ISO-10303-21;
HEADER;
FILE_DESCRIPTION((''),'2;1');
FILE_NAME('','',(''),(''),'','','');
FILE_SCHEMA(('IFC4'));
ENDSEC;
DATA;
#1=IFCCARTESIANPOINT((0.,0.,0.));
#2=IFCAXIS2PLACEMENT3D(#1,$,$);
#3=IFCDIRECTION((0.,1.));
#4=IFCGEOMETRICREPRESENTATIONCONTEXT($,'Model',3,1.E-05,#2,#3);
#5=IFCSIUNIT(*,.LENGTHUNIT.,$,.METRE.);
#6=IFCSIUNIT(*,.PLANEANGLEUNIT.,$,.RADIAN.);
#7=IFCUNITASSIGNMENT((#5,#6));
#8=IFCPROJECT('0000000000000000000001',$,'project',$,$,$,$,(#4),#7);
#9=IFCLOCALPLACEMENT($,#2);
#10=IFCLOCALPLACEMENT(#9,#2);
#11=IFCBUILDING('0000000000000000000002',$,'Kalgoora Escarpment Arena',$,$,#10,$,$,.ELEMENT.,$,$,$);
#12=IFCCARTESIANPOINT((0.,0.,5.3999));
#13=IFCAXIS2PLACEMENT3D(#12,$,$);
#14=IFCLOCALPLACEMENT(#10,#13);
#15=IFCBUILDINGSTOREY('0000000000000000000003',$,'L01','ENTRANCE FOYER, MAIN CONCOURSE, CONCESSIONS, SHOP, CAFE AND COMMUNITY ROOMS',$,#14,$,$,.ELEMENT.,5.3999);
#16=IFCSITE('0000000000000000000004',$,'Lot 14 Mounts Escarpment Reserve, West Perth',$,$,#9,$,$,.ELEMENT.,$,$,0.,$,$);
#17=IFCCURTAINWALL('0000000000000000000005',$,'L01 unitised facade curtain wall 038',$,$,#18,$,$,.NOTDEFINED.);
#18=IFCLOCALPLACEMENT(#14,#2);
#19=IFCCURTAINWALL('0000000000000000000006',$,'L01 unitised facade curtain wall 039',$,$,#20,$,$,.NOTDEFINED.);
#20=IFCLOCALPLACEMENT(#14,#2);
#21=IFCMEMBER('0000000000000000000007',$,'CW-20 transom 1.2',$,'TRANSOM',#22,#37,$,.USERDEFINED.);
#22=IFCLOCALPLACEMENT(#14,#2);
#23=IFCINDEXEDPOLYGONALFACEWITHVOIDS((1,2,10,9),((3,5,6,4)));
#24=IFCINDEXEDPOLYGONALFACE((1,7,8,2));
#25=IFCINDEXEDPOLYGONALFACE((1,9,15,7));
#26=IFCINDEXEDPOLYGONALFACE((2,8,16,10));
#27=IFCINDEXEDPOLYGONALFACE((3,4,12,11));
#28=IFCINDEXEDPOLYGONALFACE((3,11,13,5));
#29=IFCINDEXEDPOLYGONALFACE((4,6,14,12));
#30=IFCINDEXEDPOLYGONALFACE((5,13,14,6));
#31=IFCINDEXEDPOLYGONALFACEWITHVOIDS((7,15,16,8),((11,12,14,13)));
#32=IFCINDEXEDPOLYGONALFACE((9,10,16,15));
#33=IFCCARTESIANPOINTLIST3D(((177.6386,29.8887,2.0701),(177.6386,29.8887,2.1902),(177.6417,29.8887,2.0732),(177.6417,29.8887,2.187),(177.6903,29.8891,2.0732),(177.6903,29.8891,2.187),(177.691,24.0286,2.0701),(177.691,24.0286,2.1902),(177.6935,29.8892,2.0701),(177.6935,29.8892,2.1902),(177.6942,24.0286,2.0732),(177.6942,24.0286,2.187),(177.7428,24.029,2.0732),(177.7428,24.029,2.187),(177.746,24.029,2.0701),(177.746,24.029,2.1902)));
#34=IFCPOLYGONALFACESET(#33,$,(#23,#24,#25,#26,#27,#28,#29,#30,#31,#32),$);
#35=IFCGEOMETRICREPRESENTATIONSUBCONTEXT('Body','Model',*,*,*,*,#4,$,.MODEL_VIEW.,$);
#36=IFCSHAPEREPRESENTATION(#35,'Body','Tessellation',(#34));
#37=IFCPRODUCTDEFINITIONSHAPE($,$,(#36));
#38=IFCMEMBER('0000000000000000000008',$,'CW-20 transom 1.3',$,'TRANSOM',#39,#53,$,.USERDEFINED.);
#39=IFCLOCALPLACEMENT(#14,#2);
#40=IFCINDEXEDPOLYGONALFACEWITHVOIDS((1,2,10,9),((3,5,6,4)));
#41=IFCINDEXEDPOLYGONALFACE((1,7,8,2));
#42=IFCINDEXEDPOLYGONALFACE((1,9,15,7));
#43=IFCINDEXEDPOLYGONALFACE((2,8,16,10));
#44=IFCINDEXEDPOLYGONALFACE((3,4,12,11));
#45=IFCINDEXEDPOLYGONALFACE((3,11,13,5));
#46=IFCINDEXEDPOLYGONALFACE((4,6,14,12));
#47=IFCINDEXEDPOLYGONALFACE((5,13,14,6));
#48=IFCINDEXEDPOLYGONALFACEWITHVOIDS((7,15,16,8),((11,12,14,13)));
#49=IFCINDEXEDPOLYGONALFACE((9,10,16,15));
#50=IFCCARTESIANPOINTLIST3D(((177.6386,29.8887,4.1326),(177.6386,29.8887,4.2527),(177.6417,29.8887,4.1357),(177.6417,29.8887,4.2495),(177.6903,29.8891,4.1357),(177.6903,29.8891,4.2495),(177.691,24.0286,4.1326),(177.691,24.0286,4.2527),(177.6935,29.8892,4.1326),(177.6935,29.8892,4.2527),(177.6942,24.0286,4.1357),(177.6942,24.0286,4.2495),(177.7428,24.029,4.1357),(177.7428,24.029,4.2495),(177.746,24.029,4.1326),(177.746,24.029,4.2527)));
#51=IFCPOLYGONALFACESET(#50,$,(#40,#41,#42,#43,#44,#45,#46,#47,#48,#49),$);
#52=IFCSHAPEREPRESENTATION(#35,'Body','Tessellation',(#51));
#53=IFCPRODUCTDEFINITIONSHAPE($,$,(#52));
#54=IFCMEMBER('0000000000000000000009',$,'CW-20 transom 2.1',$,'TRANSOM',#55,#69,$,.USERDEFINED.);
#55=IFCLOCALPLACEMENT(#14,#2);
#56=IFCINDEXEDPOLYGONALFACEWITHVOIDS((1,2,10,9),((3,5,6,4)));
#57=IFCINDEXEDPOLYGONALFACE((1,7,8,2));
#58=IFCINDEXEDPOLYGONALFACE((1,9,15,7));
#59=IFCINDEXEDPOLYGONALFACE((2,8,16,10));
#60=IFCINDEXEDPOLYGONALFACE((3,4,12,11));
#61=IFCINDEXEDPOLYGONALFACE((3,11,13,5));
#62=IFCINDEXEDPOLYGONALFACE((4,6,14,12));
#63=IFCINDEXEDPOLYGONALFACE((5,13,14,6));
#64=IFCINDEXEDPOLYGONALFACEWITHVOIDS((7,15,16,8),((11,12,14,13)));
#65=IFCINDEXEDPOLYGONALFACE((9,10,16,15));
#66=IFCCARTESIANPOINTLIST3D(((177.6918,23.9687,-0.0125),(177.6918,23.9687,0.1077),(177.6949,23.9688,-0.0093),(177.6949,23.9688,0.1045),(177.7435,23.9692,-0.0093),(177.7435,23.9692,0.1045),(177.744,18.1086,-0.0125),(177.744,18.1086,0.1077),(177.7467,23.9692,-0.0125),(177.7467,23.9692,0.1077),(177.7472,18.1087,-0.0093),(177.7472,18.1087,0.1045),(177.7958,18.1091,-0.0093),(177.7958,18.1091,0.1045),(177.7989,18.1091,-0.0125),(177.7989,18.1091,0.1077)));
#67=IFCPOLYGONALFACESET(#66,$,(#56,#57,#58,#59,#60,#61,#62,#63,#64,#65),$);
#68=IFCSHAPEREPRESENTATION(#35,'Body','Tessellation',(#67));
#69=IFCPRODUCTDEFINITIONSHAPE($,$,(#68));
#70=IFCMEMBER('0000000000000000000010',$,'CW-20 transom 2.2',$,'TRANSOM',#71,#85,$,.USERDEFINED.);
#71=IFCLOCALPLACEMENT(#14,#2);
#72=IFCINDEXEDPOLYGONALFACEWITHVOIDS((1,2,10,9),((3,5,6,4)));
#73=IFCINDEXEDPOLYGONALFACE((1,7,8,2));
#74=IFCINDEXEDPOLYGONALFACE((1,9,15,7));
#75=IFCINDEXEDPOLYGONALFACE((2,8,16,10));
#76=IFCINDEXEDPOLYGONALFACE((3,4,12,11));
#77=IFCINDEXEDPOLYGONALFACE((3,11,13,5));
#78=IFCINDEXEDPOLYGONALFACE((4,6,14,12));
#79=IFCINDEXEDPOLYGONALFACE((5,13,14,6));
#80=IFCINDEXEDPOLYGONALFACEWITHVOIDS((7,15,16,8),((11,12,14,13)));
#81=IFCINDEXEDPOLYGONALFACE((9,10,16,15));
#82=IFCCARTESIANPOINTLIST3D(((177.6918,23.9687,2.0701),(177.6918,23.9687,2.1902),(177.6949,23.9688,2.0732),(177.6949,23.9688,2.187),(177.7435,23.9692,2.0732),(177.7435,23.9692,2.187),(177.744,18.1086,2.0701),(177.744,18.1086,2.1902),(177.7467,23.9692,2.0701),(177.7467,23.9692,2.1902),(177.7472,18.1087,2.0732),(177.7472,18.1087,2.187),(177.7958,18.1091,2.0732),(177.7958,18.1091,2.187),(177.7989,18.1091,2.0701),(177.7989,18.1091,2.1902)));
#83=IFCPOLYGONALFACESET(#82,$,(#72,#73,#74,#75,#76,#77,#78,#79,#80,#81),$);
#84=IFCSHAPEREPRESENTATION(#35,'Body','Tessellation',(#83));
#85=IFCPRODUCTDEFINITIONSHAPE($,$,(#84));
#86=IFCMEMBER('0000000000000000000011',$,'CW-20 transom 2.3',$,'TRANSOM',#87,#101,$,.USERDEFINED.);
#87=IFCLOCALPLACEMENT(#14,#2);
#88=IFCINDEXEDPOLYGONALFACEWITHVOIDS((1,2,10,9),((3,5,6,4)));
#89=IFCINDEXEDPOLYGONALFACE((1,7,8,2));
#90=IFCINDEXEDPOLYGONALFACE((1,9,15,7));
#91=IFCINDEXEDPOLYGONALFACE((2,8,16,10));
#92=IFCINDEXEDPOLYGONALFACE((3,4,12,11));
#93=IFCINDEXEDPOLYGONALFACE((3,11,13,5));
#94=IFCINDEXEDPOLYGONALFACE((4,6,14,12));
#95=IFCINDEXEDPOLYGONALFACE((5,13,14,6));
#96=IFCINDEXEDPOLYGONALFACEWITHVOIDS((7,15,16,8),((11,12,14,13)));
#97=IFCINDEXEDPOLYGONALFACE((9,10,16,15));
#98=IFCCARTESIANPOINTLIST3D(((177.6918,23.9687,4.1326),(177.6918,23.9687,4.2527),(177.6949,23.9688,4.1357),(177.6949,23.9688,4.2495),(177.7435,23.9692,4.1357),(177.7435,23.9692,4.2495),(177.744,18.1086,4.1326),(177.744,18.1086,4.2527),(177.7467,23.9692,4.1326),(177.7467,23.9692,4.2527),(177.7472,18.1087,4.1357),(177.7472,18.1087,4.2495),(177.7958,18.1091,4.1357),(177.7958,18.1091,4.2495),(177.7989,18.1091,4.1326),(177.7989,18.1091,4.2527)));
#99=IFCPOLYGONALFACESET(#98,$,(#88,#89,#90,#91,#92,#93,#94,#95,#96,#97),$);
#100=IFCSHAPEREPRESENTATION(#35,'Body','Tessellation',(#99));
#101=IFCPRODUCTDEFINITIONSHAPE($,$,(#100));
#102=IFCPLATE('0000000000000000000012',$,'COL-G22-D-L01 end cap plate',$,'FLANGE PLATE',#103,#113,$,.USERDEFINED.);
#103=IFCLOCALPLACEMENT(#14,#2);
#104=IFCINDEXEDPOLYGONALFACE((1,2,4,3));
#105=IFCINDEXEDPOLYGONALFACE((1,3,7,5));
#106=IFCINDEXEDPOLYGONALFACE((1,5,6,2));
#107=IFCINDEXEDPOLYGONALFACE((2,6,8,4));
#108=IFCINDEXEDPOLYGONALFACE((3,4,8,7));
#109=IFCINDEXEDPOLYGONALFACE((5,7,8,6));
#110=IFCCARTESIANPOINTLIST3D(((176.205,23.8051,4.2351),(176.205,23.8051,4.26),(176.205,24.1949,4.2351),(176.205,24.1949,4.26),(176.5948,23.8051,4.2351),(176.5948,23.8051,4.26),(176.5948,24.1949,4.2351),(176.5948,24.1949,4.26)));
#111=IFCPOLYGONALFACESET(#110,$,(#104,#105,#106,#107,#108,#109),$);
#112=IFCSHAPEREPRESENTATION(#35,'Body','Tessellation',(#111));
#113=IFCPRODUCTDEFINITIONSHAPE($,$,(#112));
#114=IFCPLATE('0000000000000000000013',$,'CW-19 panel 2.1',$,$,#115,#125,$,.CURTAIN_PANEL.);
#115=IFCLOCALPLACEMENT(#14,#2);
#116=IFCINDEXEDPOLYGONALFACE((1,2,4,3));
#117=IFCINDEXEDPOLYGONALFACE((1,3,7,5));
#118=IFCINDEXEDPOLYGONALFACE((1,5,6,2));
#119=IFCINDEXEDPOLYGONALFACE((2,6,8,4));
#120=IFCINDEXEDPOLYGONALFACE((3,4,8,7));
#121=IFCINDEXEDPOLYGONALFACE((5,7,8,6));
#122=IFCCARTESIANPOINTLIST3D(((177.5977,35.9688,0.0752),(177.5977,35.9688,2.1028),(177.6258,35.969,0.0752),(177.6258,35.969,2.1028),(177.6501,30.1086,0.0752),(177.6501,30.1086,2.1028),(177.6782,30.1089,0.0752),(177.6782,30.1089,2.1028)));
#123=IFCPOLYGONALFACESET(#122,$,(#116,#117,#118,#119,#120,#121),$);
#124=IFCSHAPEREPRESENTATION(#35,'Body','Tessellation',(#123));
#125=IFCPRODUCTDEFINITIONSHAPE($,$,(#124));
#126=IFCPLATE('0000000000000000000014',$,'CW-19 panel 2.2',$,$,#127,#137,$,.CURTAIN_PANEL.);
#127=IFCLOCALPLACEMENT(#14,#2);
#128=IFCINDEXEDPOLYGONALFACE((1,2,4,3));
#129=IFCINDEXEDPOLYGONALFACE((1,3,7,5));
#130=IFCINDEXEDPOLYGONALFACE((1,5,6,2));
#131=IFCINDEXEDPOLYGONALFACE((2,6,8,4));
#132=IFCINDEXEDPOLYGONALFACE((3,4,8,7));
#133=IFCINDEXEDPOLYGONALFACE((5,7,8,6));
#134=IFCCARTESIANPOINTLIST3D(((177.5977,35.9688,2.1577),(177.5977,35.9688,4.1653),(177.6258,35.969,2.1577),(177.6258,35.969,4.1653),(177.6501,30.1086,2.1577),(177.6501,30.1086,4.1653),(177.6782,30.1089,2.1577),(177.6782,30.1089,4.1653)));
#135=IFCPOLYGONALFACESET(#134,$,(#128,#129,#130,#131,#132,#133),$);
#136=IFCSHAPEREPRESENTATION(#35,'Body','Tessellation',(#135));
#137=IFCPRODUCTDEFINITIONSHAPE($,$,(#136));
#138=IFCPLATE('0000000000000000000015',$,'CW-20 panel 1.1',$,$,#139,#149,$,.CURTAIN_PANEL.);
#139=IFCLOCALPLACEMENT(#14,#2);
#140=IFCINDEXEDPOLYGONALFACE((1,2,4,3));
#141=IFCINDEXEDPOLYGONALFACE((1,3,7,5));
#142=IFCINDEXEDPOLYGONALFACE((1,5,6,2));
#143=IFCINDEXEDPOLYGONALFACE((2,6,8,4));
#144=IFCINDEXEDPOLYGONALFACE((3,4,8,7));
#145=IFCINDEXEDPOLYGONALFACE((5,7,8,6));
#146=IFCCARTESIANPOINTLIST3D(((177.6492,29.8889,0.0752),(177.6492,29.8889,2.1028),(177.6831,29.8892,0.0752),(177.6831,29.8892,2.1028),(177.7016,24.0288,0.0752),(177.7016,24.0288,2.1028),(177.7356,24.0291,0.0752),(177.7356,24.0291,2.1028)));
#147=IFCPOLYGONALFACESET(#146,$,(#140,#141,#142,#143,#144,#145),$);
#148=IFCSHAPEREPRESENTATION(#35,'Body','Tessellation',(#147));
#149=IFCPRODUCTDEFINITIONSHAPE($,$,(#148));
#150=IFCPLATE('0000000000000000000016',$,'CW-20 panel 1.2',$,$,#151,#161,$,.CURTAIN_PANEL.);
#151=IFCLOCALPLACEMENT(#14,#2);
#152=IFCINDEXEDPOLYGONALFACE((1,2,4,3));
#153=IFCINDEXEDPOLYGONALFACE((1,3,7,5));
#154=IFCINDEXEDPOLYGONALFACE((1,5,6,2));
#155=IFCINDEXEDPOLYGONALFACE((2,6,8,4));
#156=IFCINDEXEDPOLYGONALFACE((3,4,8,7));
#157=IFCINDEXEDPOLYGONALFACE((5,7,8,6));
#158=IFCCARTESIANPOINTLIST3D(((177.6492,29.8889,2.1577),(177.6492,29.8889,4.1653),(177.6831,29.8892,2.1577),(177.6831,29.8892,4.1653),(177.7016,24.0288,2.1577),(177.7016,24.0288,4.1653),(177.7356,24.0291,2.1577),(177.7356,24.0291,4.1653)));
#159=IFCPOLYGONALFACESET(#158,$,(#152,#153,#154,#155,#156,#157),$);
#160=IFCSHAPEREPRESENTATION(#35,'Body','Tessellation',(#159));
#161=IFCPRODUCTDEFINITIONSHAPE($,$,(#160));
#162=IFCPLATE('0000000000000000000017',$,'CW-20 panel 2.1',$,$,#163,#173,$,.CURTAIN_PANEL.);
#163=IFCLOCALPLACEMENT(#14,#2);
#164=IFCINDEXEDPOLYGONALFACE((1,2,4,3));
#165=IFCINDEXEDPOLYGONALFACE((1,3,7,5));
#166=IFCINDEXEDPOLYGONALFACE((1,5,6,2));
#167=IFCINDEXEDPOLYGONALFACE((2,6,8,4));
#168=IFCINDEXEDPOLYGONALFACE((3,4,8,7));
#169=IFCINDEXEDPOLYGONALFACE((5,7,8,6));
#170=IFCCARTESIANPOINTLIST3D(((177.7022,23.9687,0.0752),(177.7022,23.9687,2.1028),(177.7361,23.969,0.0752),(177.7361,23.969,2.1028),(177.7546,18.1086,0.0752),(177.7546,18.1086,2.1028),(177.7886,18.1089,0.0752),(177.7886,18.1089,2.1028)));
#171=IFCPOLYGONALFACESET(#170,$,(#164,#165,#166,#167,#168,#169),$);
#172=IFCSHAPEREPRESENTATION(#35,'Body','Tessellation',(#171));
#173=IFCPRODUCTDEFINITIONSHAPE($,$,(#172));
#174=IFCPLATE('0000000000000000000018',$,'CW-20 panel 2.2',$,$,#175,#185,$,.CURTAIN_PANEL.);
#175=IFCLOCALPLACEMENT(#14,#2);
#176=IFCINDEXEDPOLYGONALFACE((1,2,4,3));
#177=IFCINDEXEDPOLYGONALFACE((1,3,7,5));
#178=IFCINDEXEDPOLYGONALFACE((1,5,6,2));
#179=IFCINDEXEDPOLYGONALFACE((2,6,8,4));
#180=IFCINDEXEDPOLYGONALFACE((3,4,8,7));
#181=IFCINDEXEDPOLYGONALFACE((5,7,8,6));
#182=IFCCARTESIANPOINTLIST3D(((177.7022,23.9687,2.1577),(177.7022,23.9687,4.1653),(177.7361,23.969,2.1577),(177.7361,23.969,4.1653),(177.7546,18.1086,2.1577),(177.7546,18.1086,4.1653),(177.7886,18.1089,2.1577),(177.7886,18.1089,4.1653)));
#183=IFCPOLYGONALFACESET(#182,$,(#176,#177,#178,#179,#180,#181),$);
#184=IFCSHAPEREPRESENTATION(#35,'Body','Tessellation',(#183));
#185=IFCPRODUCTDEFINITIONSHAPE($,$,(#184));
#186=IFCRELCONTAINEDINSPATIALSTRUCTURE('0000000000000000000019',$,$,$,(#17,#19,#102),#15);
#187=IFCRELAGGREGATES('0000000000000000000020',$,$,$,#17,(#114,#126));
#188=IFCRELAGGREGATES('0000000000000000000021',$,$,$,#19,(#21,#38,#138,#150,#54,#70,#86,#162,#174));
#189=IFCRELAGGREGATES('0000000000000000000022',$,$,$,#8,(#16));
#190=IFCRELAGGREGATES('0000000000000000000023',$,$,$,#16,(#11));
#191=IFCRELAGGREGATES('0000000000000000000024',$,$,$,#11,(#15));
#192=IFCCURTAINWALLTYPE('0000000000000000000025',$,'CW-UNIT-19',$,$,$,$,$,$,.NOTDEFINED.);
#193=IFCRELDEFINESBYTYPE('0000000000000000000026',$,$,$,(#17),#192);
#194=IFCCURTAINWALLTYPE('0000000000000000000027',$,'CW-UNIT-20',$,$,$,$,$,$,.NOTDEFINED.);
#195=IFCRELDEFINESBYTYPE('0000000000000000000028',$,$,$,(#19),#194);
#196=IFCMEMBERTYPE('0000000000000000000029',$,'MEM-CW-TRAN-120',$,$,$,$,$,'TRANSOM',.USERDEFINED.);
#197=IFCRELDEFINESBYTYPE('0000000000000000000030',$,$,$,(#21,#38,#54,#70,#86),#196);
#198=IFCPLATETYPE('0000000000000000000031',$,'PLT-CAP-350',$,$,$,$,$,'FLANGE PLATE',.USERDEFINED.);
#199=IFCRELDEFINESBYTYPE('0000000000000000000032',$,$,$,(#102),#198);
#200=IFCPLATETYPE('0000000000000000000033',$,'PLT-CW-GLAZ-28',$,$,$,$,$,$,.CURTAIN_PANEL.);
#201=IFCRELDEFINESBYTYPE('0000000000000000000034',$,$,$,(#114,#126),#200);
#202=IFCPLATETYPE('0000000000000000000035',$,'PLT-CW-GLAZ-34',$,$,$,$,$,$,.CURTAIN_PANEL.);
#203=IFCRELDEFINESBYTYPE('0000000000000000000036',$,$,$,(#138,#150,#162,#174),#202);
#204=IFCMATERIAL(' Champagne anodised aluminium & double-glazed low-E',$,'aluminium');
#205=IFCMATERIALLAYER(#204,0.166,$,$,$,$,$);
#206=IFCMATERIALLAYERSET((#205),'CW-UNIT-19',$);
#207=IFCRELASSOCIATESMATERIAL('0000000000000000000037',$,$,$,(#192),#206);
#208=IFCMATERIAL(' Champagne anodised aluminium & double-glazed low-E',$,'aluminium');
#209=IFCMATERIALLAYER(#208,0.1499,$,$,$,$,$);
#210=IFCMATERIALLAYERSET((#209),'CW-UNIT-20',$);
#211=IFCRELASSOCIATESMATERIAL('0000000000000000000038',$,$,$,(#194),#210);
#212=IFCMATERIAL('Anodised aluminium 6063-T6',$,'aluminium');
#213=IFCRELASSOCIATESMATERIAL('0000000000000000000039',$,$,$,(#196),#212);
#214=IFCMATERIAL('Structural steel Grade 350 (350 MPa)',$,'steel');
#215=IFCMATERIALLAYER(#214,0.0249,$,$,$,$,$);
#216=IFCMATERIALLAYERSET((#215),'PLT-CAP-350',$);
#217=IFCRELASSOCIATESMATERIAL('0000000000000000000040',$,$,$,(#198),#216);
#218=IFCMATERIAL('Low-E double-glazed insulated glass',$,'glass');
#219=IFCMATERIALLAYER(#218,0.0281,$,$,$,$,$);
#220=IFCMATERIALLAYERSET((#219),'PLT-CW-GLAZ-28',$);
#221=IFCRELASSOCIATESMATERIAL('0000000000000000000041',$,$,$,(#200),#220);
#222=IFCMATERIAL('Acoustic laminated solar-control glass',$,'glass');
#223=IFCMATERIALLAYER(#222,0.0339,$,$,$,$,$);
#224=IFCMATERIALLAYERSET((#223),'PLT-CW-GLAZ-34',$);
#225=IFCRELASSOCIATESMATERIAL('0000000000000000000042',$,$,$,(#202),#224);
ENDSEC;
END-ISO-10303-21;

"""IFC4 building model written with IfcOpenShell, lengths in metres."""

from ifc_helpers import new_model, si_unit, direction, frame, origin, origin_2d, place, context, subcontext, project, spatial, rectangle, hollow_rectangle, extrude, material, layer, layer_set, material_profile, profile_set, type_object, element, aggregate, save


model = new_model("IFC4")

# Units and contexts
model_context = context("Model", 3, precision=1e-05, world=origin(), true_north=direction((0.0, 1.0)))
body_context = subcontext(model_context, "Body", "Model", "MODEL_VIEW")
ifc_project = project(units=[si_unit("LENGTHUNIT", "METRE"), si_unit("PLANEANGLEUNIT", "RADIAN")], contexts=[model_context])

# Site, building, storey
site_placement = place(None, origin())
site = spatial("IfcSite", under=ifc_project, at=site_placement, Name="Lot 14 Mounts Escarpment Reserve, West Perth", CompositionType="ELEMENT", RefElevation=0.0)
building_placement = place(site_placement, origin())
building = spatial("IfcBuilding", under=site, at=building_placement, Name="Kalgoora Escarpment Arena", CompositionType="ELEMENT")
storey_placement = place(building_placement, frame((0.0, 0.0, 5.3999)))
storey = spatial("IfcBuildingStorey", under=building, at=storey_placement, Name="L01", Description="ENTRANCE FOYER, MAIN CONCOURSE, CONCESSIONS, SHOP, CAFE AND COMMUNITY ROOMS", CompositionType="ELEMENT", Elevation=5.3999)

# Curtain wall
ifc_material_1 = material(Name=" Champagne anodised aluminium & double-glazed low-E", Category="aluminium")
ifc_layer_1 = layer(ifc_material_1, 0.166)
ifc_layer_set_1 = layer_set([ifc_layer_1], Name="CW-UNIT-19")
curtain_wall_type_1 = type_object("IfcCurtainWallType", Name="CW-UNIT-19", PredefinedType="NOTDEFINED", material=ifc_layer_set_1)
curtain_wall_1_placement = place(storey_placement, origin())
curtain_wall_1 = element("IfcCurtainWall", 1, at=curtain_wall_1_placement, inside=storey, type_object=curtain_wall_type_1, Name="L01 unitised facade curtain wall 038", PredefinedType="NOTDEFINED")

# Curtain wall, members
ifc_material_2 = material(Name=" Champagne anodised aluminium & double-glazed low-E", Category="aluminium")
ifc_layer_2 = layer(ifc_material_2, 0.1499)
ifc_layer_set_2 = layer_set([ifc_layer_2], Name="CW-UNIT-20")
curtain_wall_type_2 = type_object("IfcCurtainWallType", Name="CW-UNIT-20", PredefinedType="NOTDEFINED", material=ifc_layer_set_2)
curtain_wall_2_placement = place(storey_placement, origin())
curtain_wall_2 = element("IfcCurtainWall", 2, at=curtain_wall_2_placement, inside=storey, type_object=curtain_wall_type_2, Name="L01 unitised facade curtain wall 039", PredefinedType="NOTDEFINED")
ifc_material_3 = material(Name="Anodised aluminium 6063-T6", Category="aluminium")
ifc_material_profile_1 = material_profile(ifc_material_3, hollow_rectangle(XDim=0.0549, YDim=0.1201, WallThickness=0.0032, at=origin_2d()))
ifc_profile_set_1 = profile_set([ifc_material_profile_1], Name="Anodised aluminium 6063-T6")
member_type_1 = type_object("IfcMemberType", Name="MEM-CW-TRAN-120", ElementType="TRANSOM", PredefinedType="USERDEFINED", material=ifc_profile_set_1)
member_1_placement = place(storey_placement, frame((177.666, 29.8889, 2.1301), z_axis=(0.008957, -0.99996, 0.0), x_axis=(0.99996, 0.008957, 0.0)))
member_1 = element("IfcMember", 3, at=member_1_placement, type_object=member_type_1, Name="CW-20 transom 1.2", ObjectType="TRANSOM", PredefinedType="USERDEFINED", context=body_context, shape_type="SweptSolid", body=[
    extrude(hollow_rectangle(XDim=0.0549, YDim=0.1201, WallThickness=0.0032, at=origin_2d()), origin(), (0.0, 0.0, 1.0), 5.8604),
])
member_2_placement = place(storey_placement, frame((177.666, 29.8889, 4.1926), z_axis=(0.008957, -0.99996, 0.0), x_axis=(0.99996, 0.008957, 0.0)))
member_2 = element("IfcMember", 4, at=member_2_placement, type_object=member_type_1, Name="CW-20 transom 1.3", ObjectType="TRANSOM", PredefinedType="USERDEFINED", context=body_context, shape_type="SweptSolid", body=[
    extrude(hollow_rectangle(XDim=0.0549, YDim=0.1201, WallThickness=0.0032, at=origin_2d()), origin(), (0.0, 0.0, 1.0), 5.8604),
])
member_3_placement = place(storey_placement, frame((177.7192, 23.969, 0.0476), z_axis=(0.008915, -0.99996, 0.0), x_axis=(0.99996, 0.008915, 0.0)))
member_3 = element("IfcMember", 5, at=member_3_placement, type_object=member_type_1, Name="CW-20 transom 2.1", ObjectType="TRANSOM", PredefinedType="USERDEFINED", context=body_context, shape_type="SweptSolid", body=[
    extrude(hollow_rectangle(XDim=0.0549, YDim=0.1201, WallThickness=0.0032, at=origin_2d()), origin(), (0.0, 0.0, 1.0), 5.8604),
])
member_4_placement = place(storey_placement, frame((177.7192, 23.969, 2.1301), z_axis=(0.008915, -0.99996, 0.0), x_axis=(0.99996, 0.008915, 0.0)))
member_4 = element("IfcMember", 6, at=member_4_placement, type_object=member_type_1, Name="CW-20 transom 2.2", ObjectType="TRANSOM", PredefinedType="USERDEFINED", context=body_context, shape_type="SweptSolid", body=[
    extrude(hollow_rectangle(XDim=0.0549, YDim=0.1201, WallThickness=0.0032, at=origin_2d()), origin(), (0.0, 0.0, 1.0), 5.8604),
])
member_5_placement = place(storey_placement, frame((177.7192, 23.969, 4.1926), z_axis=(0.008915, -0.99996, 0.0), x_axis=(0.99996, 0.008915, 0.0)))
member_5 = element("IfcMember", 7, at=member_5_placement, type_object=member_type_1, Name="CW-20 transom 2.3", ObjectType="TRANSOM", PredefinedType="USERDEFINED", context=body_context, shape_type="SweptSolid", body=[
    extrude(hollow_rectangle(XDim=0.0549, YDim=0.1201, WallThickness=0.0032, at=origin_2d()), origin(), (0.0, 0.0, 1.0), 5.8604),
])

# Plates
ifc_material_4 = material(Name="Structural steel Grade 350 (350 MPa)", Category="steel")
ifc_layer_3 = layer(ifc_material_4, 0.0249)
ifc_layer_set_3 = layer_set([ifc_layer_3], Name="PLT-CAP-350")
plate_type_1 = type_object("IfcPlateType", Name="PLT-CAP-350", ElementType="FLANGE PLATE", PredefinedType="USERDEFINED", material=ifc_layer_set_3)
plate_1_placement = place(storey_placement, frame((176.3999, 24.0, 4.2351), z_axis=(0.0, 0.0, 1.0), x_axis=(1.0, 0.0, 0.0)))
element("IfcPlate", 8, at=plate_1_placement, inside=storey, type_object=plate_type_1, Name="COL-G22-D-L01 end cap plate", ObjectType="FLANGE PLATE", PredefinedType="USERDEFINED", context=body_context, shape_type="SweptSolid", body=[
    extrude(rectangle(XDim=0.3899, YDim=0.3899, at=origin_2d()), origin(), (0.0, 0.0, 1.0), 0.0249),
])
ifc_material_5 = material(Name="Low-E double-glazed insulated glass", Category="glass")
ifc_layer_4 = layer(ifc_material_5, 0.0281)
ifc_layer_set_4 = layer_set([ifc_layer_4], Name="PLT-CW-GLAZ-28")
plate_type_2 = type_object("IfcPlateType", Name="PLT-CW-GLAZ-28", PredefinedType="CURTAIN_PANEL", material=ifc_layer_set_4)
plate_2_placement = place(storey_placement, frame((177.6379, 33.0388, 0.0752), z_axis=(0.0, 0.0, 1.0), x_axis=(0.008949, -0.99996, 0.0)))
plate_2 = element("IfcPlate", 9, at=plate_2_placement, type_object=plate_type_2, Name="CW-19 panel 2.1", PredefinedType="CURTAIN_PANEL", context=body_context, shape_type="SweptSolid", body=[
    extrude(rectangle(XDim=5.8604, YDim=0.0281, at=origin_2d()), origin(), (0.0, 0.0, 1.0), 2.0276),
])
plate_3_placement = place(storey_placement, frame((177.6379, 33.0388, 2.1577), z_axis=(0.0, 0.0, 1.0), x_axis=(0.008949, -0.99996, 0.0)))
plate_3 = element("IfcPlate", 10, at=plate_3_placement, type_object=plate_type_2, Name="CW-19 panel 2.2", PredefinedType="CURTAIN_PANEL", context=body_context, shape_type="SweptSolid", body=[
    extrude(rectangle(XDim=5.8604, YDim=0.0281, at=origin_2d()), origin(), (0.0, 0.0, 1.0), 2.0076),
])
aggregate(curtain_wall_1, [plate_2, plate_3])
ifc_material_6 = material(Name="Acoustic laminated solar-control glass", Category="glass")
ifc_layer_5 = layer(ifc_material_6, 0.0339)
ifc_layer_set_5 = layer_set([ifc_layer_5], Name="PLT-CW-GLAZ-34")
plate_type_3 = type_object("IfcPlateType", Name="PLT-CW-GLAZ-34", PredefinedType="CURTAIN_PANEL", material=ifc_layer_set_5)
plate_4_placement = place(storey_placement, frame((177.6924, 26.959, 0.0752), z_axis=(0.0, 0.0, 1.0), x_axis=(0.008949, -0.99996, 0.0)))
plate_4 = element("IfcPlate", 11, at=plate_4_placement, type_object=plate_type_3, Name="CW-20 panel 1.1", PredefinedType="CURTAIN_PANEL", context=body_context, shape_type="SweptSolid", body=[
    extrude(rectangle(XDim=5.8604, YDim=0.0339, at=origin_2d()), origin(), (0.0, 0.0, 1.0), 2.0276),
])
plate_5_placement = place(storey_placement, frame((177.6924, 26.959, 2.1577), z_axis=(0.0, 0.0, 1.0), x_axis=(0.008949, -0.99996, 0.0)))
plate_5 = element("IfcPlate", 12, at=plate_5_placement, type_object=plate_type_3, Name="CW-20 panel 1.2", PredefinedType="CURTAIN_PANEL", context=body_context, shape_type="SweptSolid", body=[
    extrude(rectangle(XDim=5.8604, YDim=0.0339, at=origin_2d()), origin(), (0.0, 0.0, 1.0), 2.0076),
])
plate_6_placement = place(storey_placement, frame((177.7454, 21.0388, 0.0752), z_axis=(0.0, 0.0, 1.0), x_axis=(0.008949, -0.99996, 0.0)))
plate_6 = element("IfcPlate", 13, at=plate_6_placement, type_object=plate_type_3, Name="CW-20 panel 2.1", PredefinedType="CURTAIN_PANEL", context=body_context, shape_type="SweptSolid", body=[
    extrude(rectangle(XDim=5.8604, YDim=0.0339, at=origin_2d()), origin(), (0.0, 0.0, 1.0), 2.0276),
])
plate_7_placement = place(storey_placement, frame((177.7454, 21.0388, 2.1577), z_axis=(0.0, 0.0, 1.0), x_axis=(0.008949, -0.99996, 0.0)))
plate_7 = element("IfcPlate", 14, at=plate_7_placement, type_object=plate_type_3, Name="CW-20 panel 2.2", PredefinedType="CURTAIN_PANEL", context=body_context, shape_type="SweptSolid", body=[
    extrude(rectangle(XDim=5.8604, YDim=0.0339, at=origin_2d()), origin(), (0.0, 0.0, 1.0), 2.0076),
])
aggregate(curtain_wall_2, [member_1, member_2, plate_4, plate_5, member_3, member_4, member_5, plate_6, plate_7])

save(model, "model.ifc")
